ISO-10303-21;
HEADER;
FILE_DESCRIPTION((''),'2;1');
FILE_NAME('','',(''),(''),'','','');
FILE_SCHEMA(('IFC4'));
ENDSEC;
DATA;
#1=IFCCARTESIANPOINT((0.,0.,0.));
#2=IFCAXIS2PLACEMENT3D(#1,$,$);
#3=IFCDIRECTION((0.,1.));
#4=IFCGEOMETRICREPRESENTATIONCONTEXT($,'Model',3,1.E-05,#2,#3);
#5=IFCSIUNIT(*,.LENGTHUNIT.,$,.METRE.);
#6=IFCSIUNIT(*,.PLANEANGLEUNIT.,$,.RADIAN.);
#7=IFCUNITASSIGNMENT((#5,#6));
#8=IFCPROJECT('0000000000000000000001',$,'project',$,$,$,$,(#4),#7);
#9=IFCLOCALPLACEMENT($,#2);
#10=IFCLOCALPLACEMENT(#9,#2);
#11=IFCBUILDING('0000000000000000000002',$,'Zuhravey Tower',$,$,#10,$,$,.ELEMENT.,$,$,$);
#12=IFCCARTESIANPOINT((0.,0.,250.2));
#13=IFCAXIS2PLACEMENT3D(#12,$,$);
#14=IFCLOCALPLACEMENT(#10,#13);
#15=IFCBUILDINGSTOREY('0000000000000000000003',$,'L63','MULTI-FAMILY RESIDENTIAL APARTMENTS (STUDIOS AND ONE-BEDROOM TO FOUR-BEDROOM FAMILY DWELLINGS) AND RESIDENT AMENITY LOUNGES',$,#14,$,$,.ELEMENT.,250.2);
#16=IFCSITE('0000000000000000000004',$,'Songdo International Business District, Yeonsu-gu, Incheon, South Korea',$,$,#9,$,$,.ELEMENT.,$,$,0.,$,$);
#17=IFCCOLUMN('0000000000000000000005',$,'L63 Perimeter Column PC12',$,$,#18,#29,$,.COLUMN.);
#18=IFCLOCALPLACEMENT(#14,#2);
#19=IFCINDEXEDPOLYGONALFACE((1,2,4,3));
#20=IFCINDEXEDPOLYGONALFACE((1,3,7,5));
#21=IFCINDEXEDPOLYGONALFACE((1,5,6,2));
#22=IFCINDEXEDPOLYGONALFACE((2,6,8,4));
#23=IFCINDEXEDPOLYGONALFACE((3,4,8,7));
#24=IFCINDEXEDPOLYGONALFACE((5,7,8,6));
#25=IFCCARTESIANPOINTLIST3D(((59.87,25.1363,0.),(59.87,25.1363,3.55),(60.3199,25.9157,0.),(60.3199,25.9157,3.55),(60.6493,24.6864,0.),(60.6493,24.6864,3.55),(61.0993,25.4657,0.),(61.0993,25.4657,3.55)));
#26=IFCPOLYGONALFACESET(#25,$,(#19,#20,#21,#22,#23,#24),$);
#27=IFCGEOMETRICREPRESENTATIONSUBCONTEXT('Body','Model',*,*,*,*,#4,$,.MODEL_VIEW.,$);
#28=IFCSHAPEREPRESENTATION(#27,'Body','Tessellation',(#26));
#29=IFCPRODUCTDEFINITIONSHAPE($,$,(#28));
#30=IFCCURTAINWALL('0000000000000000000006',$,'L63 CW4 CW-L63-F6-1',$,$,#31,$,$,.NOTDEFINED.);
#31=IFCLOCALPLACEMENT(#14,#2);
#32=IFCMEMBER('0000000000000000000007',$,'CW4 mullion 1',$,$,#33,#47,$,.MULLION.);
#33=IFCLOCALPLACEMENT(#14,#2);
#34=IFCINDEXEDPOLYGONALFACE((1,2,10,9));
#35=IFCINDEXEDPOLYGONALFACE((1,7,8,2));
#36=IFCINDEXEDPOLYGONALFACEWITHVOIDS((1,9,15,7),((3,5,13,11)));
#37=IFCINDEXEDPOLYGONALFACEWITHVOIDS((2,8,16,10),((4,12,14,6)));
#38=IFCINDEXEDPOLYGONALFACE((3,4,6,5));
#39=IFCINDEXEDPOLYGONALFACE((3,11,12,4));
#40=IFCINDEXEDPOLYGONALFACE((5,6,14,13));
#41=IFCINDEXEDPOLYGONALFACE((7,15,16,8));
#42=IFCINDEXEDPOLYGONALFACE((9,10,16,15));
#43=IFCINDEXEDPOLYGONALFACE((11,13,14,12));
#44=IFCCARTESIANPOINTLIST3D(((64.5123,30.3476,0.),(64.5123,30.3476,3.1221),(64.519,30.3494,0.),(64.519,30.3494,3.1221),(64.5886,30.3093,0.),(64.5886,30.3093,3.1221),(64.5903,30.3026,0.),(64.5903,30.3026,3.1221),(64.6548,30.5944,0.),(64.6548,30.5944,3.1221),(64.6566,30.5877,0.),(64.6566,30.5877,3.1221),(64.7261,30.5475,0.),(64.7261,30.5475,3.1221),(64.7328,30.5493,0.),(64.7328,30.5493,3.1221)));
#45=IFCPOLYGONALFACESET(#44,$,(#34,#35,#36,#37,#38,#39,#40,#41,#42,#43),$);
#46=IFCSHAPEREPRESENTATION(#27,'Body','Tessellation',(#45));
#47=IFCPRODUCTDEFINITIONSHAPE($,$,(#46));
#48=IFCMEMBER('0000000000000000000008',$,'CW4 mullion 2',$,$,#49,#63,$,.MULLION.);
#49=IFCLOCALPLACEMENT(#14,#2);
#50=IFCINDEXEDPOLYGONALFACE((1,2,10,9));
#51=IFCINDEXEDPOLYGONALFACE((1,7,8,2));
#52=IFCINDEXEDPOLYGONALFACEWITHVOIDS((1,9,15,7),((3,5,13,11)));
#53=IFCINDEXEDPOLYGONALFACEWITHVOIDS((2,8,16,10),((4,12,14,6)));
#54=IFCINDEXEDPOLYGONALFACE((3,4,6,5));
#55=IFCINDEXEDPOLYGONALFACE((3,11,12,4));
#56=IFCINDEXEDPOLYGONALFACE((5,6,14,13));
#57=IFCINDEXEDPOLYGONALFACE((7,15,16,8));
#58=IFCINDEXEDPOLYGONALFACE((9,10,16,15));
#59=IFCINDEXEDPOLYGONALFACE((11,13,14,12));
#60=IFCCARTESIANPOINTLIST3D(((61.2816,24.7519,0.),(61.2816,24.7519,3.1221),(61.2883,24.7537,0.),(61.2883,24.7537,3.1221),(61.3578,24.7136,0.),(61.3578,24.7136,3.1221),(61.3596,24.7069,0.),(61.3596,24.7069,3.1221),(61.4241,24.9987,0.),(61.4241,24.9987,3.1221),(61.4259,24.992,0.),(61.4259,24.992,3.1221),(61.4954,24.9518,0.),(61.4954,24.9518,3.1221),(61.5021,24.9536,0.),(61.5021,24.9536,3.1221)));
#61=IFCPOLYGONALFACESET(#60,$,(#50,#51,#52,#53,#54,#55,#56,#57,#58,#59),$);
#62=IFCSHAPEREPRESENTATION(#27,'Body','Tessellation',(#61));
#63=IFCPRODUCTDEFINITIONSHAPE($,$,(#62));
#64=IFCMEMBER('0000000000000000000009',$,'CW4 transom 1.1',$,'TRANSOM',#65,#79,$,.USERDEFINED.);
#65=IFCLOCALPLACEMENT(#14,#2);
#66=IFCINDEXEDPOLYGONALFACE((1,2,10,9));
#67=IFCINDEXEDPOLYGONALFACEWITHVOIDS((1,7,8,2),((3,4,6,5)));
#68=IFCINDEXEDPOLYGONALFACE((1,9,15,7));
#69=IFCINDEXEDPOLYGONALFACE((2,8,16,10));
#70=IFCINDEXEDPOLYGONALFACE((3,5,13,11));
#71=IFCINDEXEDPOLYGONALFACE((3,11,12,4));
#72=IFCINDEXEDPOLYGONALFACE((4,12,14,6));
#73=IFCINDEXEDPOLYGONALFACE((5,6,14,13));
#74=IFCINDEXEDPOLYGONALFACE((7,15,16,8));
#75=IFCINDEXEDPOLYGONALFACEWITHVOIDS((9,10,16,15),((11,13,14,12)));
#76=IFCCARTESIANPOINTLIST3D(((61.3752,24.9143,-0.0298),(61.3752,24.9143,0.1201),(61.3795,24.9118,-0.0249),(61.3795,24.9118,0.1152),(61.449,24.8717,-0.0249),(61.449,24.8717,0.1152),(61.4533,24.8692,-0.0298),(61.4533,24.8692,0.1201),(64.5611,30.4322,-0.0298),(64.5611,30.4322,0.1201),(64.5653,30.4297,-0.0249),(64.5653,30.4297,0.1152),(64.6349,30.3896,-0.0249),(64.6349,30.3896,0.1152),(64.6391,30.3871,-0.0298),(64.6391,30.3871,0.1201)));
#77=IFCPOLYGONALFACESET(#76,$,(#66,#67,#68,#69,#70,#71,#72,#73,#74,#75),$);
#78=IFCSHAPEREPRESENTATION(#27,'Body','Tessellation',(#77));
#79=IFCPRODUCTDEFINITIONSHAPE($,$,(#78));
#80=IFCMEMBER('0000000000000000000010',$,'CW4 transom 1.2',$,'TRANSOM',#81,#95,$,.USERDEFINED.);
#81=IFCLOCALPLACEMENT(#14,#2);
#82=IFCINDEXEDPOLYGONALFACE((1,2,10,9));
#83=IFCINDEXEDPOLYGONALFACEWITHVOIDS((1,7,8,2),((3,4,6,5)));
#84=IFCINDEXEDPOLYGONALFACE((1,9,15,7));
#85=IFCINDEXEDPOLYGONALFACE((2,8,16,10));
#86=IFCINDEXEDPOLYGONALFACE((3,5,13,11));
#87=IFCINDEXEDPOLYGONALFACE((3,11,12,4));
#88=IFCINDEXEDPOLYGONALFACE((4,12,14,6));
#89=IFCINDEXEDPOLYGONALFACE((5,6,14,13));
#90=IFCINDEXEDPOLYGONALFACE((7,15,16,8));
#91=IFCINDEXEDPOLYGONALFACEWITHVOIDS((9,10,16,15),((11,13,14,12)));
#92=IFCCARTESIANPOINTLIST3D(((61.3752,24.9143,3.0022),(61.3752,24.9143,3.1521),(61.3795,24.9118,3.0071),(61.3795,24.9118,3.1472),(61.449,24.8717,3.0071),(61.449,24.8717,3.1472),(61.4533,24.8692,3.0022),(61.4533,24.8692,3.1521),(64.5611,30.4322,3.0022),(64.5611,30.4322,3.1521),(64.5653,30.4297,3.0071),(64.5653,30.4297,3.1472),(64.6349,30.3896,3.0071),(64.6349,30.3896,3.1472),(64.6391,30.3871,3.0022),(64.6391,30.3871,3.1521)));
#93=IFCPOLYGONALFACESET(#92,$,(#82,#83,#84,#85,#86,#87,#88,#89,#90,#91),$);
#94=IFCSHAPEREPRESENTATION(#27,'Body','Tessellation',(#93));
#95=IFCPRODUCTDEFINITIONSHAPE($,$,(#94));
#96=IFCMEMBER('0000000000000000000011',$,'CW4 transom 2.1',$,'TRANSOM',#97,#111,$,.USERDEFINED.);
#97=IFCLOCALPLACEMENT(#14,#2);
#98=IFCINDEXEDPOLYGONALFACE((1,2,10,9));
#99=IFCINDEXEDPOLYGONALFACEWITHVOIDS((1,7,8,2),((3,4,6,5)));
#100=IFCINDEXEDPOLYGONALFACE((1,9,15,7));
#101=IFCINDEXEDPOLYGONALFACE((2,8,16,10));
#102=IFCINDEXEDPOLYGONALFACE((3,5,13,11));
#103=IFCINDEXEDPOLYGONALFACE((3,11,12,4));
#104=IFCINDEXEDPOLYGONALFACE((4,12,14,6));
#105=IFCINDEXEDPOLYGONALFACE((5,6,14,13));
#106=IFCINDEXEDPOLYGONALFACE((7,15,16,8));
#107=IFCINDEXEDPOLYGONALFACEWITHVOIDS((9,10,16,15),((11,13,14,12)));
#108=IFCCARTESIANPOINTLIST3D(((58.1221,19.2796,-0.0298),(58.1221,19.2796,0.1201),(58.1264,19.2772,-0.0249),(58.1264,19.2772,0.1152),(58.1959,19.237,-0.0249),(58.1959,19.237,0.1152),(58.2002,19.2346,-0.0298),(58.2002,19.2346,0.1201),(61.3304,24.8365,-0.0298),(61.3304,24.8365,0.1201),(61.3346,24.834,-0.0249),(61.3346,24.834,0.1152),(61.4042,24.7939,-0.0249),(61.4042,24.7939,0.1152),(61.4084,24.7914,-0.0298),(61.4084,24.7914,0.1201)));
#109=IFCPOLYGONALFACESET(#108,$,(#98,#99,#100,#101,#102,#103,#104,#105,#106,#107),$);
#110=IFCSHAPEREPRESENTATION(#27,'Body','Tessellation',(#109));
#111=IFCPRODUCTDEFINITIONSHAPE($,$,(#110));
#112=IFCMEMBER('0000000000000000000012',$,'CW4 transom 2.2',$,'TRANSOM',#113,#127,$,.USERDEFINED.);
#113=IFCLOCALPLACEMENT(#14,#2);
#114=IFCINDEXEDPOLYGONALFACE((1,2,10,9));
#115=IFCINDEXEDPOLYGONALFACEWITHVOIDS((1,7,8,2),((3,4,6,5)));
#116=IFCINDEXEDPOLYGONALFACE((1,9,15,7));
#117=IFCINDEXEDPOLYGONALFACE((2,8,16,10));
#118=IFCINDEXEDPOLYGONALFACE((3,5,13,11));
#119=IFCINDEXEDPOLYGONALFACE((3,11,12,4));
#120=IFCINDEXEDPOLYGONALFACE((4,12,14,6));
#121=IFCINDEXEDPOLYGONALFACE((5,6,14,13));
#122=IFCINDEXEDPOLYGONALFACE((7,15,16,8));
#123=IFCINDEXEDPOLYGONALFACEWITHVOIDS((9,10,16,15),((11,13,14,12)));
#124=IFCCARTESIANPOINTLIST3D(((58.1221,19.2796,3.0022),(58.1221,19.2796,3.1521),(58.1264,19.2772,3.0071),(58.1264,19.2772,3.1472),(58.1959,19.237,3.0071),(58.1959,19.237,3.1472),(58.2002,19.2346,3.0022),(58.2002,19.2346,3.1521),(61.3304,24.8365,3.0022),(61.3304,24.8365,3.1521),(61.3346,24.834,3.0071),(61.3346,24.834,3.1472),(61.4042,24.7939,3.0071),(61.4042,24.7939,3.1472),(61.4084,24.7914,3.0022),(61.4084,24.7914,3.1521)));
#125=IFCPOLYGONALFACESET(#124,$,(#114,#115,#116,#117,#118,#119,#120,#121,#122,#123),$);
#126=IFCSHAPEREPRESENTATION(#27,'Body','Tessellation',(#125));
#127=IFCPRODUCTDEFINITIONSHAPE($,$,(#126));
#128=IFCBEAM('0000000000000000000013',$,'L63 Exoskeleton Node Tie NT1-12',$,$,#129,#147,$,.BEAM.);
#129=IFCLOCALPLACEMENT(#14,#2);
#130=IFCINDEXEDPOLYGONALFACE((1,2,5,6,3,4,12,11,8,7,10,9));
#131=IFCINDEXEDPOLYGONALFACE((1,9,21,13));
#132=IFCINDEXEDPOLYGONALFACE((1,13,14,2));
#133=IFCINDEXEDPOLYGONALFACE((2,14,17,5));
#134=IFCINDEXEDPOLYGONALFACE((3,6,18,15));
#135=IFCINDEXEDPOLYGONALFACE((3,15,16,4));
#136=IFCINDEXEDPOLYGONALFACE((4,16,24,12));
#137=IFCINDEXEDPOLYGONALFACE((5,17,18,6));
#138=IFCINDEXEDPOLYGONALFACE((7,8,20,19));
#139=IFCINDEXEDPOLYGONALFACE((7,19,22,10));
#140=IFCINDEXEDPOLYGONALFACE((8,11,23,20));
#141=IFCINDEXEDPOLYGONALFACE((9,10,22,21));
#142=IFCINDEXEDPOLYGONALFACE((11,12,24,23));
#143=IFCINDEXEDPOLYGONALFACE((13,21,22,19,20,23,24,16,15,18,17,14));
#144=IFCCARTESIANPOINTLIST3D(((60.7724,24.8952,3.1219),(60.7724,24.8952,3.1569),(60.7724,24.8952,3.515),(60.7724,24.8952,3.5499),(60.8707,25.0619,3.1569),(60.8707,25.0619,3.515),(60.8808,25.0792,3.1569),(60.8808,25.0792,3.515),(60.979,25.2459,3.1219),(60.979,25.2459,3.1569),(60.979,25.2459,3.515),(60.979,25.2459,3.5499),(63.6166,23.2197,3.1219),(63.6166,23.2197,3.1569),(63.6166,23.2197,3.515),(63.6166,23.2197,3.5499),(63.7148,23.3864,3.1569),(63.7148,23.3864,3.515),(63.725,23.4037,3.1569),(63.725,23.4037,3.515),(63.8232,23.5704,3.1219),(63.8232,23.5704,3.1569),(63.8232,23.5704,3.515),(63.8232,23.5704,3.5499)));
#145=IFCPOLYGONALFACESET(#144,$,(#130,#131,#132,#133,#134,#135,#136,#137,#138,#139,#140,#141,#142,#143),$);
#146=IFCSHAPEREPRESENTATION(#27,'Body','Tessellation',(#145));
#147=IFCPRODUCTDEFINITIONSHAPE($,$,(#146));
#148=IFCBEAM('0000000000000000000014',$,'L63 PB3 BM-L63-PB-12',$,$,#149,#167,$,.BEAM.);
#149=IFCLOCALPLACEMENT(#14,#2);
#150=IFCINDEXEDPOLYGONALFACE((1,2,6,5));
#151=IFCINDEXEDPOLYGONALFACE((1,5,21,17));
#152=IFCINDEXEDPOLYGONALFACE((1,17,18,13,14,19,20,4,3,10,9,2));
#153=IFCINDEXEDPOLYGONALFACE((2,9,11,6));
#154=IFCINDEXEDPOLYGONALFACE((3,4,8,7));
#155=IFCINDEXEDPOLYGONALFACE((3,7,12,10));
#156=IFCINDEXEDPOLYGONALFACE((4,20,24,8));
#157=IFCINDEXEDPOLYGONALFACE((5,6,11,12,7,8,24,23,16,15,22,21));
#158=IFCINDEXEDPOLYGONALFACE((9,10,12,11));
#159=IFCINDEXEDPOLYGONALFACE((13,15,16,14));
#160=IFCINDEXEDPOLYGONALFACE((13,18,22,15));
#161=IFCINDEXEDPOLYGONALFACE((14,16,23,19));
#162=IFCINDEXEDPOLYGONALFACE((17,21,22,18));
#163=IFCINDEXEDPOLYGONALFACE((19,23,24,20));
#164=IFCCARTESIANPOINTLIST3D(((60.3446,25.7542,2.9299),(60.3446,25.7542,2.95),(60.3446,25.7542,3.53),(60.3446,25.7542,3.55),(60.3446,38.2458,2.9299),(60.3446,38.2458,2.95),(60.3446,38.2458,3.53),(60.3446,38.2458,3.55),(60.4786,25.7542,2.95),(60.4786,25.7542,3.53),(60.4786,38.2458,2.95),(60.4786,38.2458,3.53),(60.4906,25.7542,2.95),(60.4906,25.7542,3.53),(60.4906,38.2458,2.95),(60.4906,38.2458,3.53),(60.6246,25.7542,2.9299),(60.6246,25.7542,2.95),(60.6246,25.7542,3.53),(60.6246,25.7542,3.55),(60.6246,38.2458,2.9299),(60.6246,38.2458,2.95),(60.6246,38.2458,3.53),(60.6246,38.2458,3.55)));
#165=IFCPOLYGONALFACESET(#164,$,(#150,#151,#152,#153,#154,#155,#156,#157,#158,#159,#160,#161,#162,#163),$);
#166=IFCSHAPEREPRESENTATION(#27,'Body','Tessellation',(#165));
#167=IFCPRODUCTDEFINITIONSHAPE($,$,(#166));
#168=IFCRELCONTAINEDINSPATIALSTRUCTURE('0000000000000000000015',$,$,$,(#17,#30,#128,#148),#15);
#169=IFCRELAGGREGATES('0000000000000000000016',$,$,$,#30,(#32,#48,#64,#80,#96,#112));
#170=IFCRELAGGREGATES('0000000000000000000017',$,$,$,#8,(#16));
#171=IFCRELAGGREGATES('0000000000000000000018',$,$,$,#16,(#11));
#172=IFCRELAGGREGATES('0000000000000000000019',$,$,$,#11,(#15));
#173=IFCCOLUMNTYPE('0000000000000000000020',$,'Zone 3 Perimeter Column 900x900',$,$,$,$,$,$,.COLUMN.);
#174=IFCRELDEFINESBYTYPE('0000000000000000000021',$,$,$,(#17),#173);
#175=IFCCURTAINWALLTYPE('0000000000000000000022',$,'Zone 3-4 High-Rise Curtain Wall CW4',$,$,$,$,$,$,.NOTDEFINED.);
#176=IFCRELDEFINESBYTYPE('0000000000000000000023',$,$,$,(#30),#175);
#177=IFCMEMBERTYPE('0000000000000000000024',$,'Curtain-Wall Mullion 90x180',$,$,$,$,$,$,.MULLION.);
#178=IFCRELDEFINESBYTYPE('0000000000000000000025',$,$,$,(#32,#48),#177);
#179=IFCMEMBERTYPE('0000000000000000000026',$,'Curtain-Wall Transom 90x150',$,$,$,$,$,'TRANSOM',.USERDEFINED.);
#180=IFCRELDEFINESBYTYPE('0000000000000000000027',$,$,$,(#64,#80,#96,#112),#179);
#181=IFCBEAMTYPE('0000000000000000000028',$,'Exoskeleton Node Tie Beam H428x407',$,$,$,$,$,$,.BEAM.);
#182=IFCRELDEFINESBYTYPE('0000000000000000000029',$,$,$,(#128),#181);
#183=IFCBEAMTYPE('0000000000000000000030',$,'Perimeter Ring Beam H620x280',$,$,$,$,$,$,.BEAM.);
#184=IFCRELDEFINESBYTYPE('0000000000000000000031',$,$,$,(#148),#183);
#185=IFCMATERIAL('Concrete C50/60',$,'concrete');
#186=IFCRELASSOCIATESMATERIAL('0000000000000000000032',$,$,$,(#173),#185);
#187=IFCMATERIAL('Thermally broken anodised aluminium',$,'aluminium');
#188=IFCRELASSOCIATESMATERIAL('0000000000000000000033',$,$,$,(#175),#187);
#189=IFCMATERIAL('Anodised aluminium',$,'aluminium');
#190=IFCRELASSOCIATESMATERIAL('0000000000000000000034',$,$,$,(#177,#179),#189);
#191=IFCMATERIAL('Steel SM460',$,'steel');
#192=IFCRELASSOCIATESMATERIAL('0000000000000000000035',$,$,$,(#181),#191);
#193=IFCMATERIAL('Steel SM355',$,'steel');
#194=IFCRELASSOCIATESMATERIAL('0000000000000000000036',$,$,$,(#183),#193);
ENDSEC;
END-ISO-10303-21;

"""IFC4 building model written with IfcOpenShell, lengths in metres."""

from ifc_helpers import new_model, si_unit, direction, frame, origin, origin_2d, place, context, subcontext, project, spatial, rectangle, hollow_rectangle, i_section, extrude, material, material_profile, profile_set, type_object, element, aggregate, save


model = new_model("IFC4")

# Units and contexts
model_context = context("Model", 3, precision=1e-05, world=origin(), true_north=direction((0.0, 1.0)))
body_context = subcontext(model_context, "Body", "Model", "MODEL_VIEW")
ifc_project = project(units=[si_unit("LENGTHUNIT", "METRE"), si_unit("PLANEANGLEUNIT", "RADIAN")], contexts=[model_context])

# Site, building, storey
site_placement = place(None, origin())
site = spatial("IfcSite", under=ifc_project, at=site_placement, Name="Songdo International Business District, Yeonsu-gu, Incheon, South Korea", CompositionType="ELEMENT", RefElevation=0.0)
building_placement = place(site_placement, origin())
building = spatial("IfcBuilding", under=site, at=building_placement, Name="Zuhravey Tower", CompositionType="ELEMENT")
storey_placement = place(building_placement, frame((0.0, 0.0, 250.2)))
storey = spatial("IfcBuildingStorey", under=building, at=storey_placement, Name="L63", Description="MULTI-FAMILY RESIDENTIAL APARTMENTS (STUDIOS AND ONE-BEDROOM TO FOUR-BEDROOM FAMILY DWELLINGS) AND RESIDENT AMENITY LOUNGES", CompositionType="ELEMENT", Elevation=250.2)

# Column
ifc_material_1 = material(Name="Concrete C50/60", Category="concrete")
ifc_material_profile_1 = material_profile(ifc_material_1, rectangle(XDim=0.8999, YDim=0.8999, at=origin_2d()), Name="RC-900x900")
ifc_profile_set_1 = profile_set([ifc_material_profile_1], Name="Concrete C50/60")
column_type = type_object("IfcColumnType", Name="Zone 3 Perimeter Column 900x900", PredefinedType="COLUMN", material=ifc_profile_set_1)
column_placement = place(storey_placement, frame((60.4846, 25.301, 0.0), z_axis=(0.0, 0.0, 1.0), x_axis=(0.5, 0.866025, 0.0)))
element("IfcColumn", 1, at=column_placement, inside=storey, type_object=column_type, Name="L63 Perimeter Column PC12", PredefinedType="COLUMN", context=body_context, shape_type="SweptSolid", body=[
    extrude(rectangle(XDim=0.8999, YDim=0.8999, at=origin_2d()), origin(), (0.0, 0.0, 1.0), 3.55),
])

# Curtain wall, members
ifc_material_2 = material(Name="Thermally broken anodised aluminium", Category="aluminium")
curtain_wall_type = type_object("IfcCurtainWallType", Name="Zone 3-4 High-Rise Curtain Wall CW4", PredefinedType="NOTDEFINED", material=ifc_material_2)
curtain_wall_placement = place(storey_placement, origin())
curtain_wall = element("IfcCurtainWall", 2, at=curtain_wall_placement, inside=storey, type_object=curtain_wall_type, Name="L63 CW4 CW-L63-F6-1", PredefinedType="NOTDEFINED")
ifc_material_3 = material(Name="Anodised aluminium", Category="aluminium")
ifc_material_profile_2 = material_profile(ifc_material_3, hollow_rectangle(XDim=0.0901, YDim=0.2849, WallThickness=0.0049, at=origin_2d()), Name="ALU-RHS-90x285x5")
ifc_profile_set_2 = profile_set([ifc_material_profile_2], Name="Anodised aluminium")
member_type_1 = type_object("IfcMemberType", Name="Curtain-Wall Mullion 90x180", PredefinedType="MULLION", material=ifc_profile_set_2)
member_1_placement = place(storey_placement, frame((64.6226, 30.4485, 0.0), z_axis=(0.0, 0.0, 1.0), x_axis=(0.866025, -0.500001, 0.0)))
member_1 = element("IfcMember", 3, at=member_1_placement, type_object=member_type_1, Name="CW4 mullion 1", PredefinedType="MULLION", context=body_context, shape_type="SweptSolid", body=[
    extrude(hollow_rectangle(XDim=0.0901, YDim=0.2849, WallThickness=0.0049, at=origin_2d()), origin(), (0.0, 0.0, 1.0), 3.1221),
])
member_2_placement = place(storey_placement, frame((61.3918, 24.8528, 0.0), z_axis=(0.0, 0.0, 1.0), x_axis=(0.866025, -0.500001, 0.0)))
member_2 = element("IfcMember", 4, at=member_2_placement, type_object=member_type_1, Name="CW4 mullion 2", PredefinedType="MULLION", context=body_context, shape_type="SweptSolid", body=[
    extrude(hollow_rectangle(XDim=0.0901, YDim=0.2849, WallThickness=0.0049, at=origin_2d()), origin(), (0.0, 0.0, 1.0), 3.1221),
])
ifc_material_profile_3 = material_profile(ifc_material_3, hollow_rectangle(XDim=0.0901, YDim=0.1499, WallThickness=0.0049, at=origin_2d()), Name="ALU-RHS-90x150x5")
ifc_profile_set_3 = profile_set([ifc_material_profile_3], Name="Anodised aluminium")
member_type_2 = type_object("IfcMemberType", Name="Curtain-Wall Transom 90x150", ElementType="TRANSOM", PredefinedType="USERDEFINED", material=ifc_profile_set_3)
member_3_placement = place(storey_placement, frame((64.6001, 30.4097, 0.0452), z_axis=(-0.500009, -0.86602, 0.0), x_axis=(0.86602, -0.500009, 0.0)))
member_3 = element("IfcMember", 5, at=member_3_placement, type_object=member_type_2, Name="CW4 transom 1.1", ObjectType="TRANSOM", PredefinedType="USERDEFINED", context=body_context, shape_type="SweptSolid", body=[
    extrude(hollow_rectangle(XDim=0.0901, YDim=0.1499, WallThickness=0.0049, at=origin_2d()), origin(), (0.0, 0.0, 1.0), 6.3716),
])
member_4_placement = place(storey_placement, frame((64.6001, 30.4097, 3.0771), z_axis=(-0.500009, -0.86602, 0.0), x_axis=(0.86602, -0.500009, 0.0)))
member_4 = element("IfcMember", 6, at=member_4_placement, type_object=member_type_2, Name="CW4 transom 1.2", ObjectType="TRANSOM", PredefinedType="USERDEFINED", context=body_context, shape_type="SweptSolid", body=[
    extrude(hollow_rectangle(XDim=0.0901, YDim=0.1499, WallThickness=0.0049, at=origin_2d()), origin(), (0.0, 0.0, 1.0), 6.3716),
])
member_5_placement = place(storey_placement, frame((61.3694, 24.814, 0.0452), z_axis=(-0.499998, -0.866027, 0.0), x_axis=(0.866027, -0.499998, 0.0)))
member_5 = element("IfcMember", 7, at=member_5_placement, type_object=member_type_2, Name="CW4 transom 2.1", ObjectType="TRANSOM", PredefinedType="USERDEFINED", context=body_context, shape_type="SweptSolid", body=[
    extrude(hollow_rectangle(XDim=0.0901, YDim=0.1499, WallThickness=0.0049, at=origin_2d()), origin(), (0.0, 0.0, 1.0), 6.4165),
])
member_6_placement = place(storey_placement, frame((61.3694, 24.814, 3.0771), z_axis=(-0.499998, -0.866027, 0.0), x_axis=(0.866027, -0.499998, 0.0)))
member_6 = element("IfcMember", 8, at=member_6_placement, type_object=member_type_2, Name="CW4 transom 2.2", ObjectType="TRANSOM", PredefinedType="USERDEFINED", context=body_context, shape_type="SweptSolid", body=[
    extrude(hollow_rectangle(XDim=0.0901, YDim=0.1499, WallThickness=0.0049, at=origin_2d()), origin(), (0.0, 0.0, 1.0), 6.4165),
])

# Beams
ifc_material_4 = material(Name="Steel SM460", Category="steel")
ifc_material_profile_4 = material_profile(ifc_material_4, i_section(OverallWidth=0.407, OverallDepth=0.428, WebThickness=0.02, FlangeThickness=0.0349, at=origin_2d()), Name="H-428x407x20x35")
ifc_profile_set_4 = profile_set([ifc_material_profile_4], Name="Steel SM460")
beam_type_1 = type_object("IfcBeamType", Name="Exoskeleton Node Tie Beam H428x407", PredefinedType="BEAM", material=ifc_profile_set_4)
beam_1_placement = place(storey_placement, frame((60.8757, 25.0706, 3.3359), z_axis=(0.861609, -0.507573, 0.0), x_axis=(0.507573, 0.861609, 0.0)))
element("IfcBeam", 9, at=beam_1_placement, inside=storey, type_object=beam_type_1, Name="L63 Exoskeleton Node Tie NT1-12", PredefinedType="BEAM", context=body_context, shape_type="SweptSolid", body=[
    extrude(i_section(OverallWidth=0.407, OverallDepth=0.428, WebThickness=0.02, FlangeThickness=0.0349, at=origin_2d()), origin(), (0.0, 0.0, 1.0), 3.301),
])
ifc_material_5 = material(Name="Steel SM355", Category="steel")
ifc_material_profile_5 = material_profile(ifc_material_5, i_section(OverallWidth=0.28, OverallDepth=0.6201, WebThickness=0.012, FlangeThickness=0.02, at=origin_2d()), Name="H-620x280x12x20")
ifc_profile_set_5 = profile_set([ifc_material_profile_5], Name="Steel SM355")
beam_type_2 = type_object("IfcBeamType", Name="Perimeter Ring Beam H620x280", PredefinedType="BEAM", material=ifc_profile_set_5)
beam_2_placement = place(storey_placement, frame((60.4846, 25.7542, 3.24), z_axis=(0.0, 1.0, 0.0), x_axis=(-1.0, 0.0, 0.0)))
element("IfcBeam", 10, at=beam_2_placement, inside=storey, type_object=beam_type_2, Name="L63 PB3 BM-L63-PB-12", PredefinedType="BEAM", context=body_context, shape_type="SweptSolid", body=[
    extrude(i_section(OverallWidth=0.28, OverallDepth=0.6201, WebThickness=0.012, FlangeThickness=0.02, at=origin_2d()), origin(), (0.0, 0.0, 1.0), 12.4917),
])

aggregate(curtain_wall, [member_1, member_2, member_3, member_4, member_5, member_6])

save(model, "model.ifc")
